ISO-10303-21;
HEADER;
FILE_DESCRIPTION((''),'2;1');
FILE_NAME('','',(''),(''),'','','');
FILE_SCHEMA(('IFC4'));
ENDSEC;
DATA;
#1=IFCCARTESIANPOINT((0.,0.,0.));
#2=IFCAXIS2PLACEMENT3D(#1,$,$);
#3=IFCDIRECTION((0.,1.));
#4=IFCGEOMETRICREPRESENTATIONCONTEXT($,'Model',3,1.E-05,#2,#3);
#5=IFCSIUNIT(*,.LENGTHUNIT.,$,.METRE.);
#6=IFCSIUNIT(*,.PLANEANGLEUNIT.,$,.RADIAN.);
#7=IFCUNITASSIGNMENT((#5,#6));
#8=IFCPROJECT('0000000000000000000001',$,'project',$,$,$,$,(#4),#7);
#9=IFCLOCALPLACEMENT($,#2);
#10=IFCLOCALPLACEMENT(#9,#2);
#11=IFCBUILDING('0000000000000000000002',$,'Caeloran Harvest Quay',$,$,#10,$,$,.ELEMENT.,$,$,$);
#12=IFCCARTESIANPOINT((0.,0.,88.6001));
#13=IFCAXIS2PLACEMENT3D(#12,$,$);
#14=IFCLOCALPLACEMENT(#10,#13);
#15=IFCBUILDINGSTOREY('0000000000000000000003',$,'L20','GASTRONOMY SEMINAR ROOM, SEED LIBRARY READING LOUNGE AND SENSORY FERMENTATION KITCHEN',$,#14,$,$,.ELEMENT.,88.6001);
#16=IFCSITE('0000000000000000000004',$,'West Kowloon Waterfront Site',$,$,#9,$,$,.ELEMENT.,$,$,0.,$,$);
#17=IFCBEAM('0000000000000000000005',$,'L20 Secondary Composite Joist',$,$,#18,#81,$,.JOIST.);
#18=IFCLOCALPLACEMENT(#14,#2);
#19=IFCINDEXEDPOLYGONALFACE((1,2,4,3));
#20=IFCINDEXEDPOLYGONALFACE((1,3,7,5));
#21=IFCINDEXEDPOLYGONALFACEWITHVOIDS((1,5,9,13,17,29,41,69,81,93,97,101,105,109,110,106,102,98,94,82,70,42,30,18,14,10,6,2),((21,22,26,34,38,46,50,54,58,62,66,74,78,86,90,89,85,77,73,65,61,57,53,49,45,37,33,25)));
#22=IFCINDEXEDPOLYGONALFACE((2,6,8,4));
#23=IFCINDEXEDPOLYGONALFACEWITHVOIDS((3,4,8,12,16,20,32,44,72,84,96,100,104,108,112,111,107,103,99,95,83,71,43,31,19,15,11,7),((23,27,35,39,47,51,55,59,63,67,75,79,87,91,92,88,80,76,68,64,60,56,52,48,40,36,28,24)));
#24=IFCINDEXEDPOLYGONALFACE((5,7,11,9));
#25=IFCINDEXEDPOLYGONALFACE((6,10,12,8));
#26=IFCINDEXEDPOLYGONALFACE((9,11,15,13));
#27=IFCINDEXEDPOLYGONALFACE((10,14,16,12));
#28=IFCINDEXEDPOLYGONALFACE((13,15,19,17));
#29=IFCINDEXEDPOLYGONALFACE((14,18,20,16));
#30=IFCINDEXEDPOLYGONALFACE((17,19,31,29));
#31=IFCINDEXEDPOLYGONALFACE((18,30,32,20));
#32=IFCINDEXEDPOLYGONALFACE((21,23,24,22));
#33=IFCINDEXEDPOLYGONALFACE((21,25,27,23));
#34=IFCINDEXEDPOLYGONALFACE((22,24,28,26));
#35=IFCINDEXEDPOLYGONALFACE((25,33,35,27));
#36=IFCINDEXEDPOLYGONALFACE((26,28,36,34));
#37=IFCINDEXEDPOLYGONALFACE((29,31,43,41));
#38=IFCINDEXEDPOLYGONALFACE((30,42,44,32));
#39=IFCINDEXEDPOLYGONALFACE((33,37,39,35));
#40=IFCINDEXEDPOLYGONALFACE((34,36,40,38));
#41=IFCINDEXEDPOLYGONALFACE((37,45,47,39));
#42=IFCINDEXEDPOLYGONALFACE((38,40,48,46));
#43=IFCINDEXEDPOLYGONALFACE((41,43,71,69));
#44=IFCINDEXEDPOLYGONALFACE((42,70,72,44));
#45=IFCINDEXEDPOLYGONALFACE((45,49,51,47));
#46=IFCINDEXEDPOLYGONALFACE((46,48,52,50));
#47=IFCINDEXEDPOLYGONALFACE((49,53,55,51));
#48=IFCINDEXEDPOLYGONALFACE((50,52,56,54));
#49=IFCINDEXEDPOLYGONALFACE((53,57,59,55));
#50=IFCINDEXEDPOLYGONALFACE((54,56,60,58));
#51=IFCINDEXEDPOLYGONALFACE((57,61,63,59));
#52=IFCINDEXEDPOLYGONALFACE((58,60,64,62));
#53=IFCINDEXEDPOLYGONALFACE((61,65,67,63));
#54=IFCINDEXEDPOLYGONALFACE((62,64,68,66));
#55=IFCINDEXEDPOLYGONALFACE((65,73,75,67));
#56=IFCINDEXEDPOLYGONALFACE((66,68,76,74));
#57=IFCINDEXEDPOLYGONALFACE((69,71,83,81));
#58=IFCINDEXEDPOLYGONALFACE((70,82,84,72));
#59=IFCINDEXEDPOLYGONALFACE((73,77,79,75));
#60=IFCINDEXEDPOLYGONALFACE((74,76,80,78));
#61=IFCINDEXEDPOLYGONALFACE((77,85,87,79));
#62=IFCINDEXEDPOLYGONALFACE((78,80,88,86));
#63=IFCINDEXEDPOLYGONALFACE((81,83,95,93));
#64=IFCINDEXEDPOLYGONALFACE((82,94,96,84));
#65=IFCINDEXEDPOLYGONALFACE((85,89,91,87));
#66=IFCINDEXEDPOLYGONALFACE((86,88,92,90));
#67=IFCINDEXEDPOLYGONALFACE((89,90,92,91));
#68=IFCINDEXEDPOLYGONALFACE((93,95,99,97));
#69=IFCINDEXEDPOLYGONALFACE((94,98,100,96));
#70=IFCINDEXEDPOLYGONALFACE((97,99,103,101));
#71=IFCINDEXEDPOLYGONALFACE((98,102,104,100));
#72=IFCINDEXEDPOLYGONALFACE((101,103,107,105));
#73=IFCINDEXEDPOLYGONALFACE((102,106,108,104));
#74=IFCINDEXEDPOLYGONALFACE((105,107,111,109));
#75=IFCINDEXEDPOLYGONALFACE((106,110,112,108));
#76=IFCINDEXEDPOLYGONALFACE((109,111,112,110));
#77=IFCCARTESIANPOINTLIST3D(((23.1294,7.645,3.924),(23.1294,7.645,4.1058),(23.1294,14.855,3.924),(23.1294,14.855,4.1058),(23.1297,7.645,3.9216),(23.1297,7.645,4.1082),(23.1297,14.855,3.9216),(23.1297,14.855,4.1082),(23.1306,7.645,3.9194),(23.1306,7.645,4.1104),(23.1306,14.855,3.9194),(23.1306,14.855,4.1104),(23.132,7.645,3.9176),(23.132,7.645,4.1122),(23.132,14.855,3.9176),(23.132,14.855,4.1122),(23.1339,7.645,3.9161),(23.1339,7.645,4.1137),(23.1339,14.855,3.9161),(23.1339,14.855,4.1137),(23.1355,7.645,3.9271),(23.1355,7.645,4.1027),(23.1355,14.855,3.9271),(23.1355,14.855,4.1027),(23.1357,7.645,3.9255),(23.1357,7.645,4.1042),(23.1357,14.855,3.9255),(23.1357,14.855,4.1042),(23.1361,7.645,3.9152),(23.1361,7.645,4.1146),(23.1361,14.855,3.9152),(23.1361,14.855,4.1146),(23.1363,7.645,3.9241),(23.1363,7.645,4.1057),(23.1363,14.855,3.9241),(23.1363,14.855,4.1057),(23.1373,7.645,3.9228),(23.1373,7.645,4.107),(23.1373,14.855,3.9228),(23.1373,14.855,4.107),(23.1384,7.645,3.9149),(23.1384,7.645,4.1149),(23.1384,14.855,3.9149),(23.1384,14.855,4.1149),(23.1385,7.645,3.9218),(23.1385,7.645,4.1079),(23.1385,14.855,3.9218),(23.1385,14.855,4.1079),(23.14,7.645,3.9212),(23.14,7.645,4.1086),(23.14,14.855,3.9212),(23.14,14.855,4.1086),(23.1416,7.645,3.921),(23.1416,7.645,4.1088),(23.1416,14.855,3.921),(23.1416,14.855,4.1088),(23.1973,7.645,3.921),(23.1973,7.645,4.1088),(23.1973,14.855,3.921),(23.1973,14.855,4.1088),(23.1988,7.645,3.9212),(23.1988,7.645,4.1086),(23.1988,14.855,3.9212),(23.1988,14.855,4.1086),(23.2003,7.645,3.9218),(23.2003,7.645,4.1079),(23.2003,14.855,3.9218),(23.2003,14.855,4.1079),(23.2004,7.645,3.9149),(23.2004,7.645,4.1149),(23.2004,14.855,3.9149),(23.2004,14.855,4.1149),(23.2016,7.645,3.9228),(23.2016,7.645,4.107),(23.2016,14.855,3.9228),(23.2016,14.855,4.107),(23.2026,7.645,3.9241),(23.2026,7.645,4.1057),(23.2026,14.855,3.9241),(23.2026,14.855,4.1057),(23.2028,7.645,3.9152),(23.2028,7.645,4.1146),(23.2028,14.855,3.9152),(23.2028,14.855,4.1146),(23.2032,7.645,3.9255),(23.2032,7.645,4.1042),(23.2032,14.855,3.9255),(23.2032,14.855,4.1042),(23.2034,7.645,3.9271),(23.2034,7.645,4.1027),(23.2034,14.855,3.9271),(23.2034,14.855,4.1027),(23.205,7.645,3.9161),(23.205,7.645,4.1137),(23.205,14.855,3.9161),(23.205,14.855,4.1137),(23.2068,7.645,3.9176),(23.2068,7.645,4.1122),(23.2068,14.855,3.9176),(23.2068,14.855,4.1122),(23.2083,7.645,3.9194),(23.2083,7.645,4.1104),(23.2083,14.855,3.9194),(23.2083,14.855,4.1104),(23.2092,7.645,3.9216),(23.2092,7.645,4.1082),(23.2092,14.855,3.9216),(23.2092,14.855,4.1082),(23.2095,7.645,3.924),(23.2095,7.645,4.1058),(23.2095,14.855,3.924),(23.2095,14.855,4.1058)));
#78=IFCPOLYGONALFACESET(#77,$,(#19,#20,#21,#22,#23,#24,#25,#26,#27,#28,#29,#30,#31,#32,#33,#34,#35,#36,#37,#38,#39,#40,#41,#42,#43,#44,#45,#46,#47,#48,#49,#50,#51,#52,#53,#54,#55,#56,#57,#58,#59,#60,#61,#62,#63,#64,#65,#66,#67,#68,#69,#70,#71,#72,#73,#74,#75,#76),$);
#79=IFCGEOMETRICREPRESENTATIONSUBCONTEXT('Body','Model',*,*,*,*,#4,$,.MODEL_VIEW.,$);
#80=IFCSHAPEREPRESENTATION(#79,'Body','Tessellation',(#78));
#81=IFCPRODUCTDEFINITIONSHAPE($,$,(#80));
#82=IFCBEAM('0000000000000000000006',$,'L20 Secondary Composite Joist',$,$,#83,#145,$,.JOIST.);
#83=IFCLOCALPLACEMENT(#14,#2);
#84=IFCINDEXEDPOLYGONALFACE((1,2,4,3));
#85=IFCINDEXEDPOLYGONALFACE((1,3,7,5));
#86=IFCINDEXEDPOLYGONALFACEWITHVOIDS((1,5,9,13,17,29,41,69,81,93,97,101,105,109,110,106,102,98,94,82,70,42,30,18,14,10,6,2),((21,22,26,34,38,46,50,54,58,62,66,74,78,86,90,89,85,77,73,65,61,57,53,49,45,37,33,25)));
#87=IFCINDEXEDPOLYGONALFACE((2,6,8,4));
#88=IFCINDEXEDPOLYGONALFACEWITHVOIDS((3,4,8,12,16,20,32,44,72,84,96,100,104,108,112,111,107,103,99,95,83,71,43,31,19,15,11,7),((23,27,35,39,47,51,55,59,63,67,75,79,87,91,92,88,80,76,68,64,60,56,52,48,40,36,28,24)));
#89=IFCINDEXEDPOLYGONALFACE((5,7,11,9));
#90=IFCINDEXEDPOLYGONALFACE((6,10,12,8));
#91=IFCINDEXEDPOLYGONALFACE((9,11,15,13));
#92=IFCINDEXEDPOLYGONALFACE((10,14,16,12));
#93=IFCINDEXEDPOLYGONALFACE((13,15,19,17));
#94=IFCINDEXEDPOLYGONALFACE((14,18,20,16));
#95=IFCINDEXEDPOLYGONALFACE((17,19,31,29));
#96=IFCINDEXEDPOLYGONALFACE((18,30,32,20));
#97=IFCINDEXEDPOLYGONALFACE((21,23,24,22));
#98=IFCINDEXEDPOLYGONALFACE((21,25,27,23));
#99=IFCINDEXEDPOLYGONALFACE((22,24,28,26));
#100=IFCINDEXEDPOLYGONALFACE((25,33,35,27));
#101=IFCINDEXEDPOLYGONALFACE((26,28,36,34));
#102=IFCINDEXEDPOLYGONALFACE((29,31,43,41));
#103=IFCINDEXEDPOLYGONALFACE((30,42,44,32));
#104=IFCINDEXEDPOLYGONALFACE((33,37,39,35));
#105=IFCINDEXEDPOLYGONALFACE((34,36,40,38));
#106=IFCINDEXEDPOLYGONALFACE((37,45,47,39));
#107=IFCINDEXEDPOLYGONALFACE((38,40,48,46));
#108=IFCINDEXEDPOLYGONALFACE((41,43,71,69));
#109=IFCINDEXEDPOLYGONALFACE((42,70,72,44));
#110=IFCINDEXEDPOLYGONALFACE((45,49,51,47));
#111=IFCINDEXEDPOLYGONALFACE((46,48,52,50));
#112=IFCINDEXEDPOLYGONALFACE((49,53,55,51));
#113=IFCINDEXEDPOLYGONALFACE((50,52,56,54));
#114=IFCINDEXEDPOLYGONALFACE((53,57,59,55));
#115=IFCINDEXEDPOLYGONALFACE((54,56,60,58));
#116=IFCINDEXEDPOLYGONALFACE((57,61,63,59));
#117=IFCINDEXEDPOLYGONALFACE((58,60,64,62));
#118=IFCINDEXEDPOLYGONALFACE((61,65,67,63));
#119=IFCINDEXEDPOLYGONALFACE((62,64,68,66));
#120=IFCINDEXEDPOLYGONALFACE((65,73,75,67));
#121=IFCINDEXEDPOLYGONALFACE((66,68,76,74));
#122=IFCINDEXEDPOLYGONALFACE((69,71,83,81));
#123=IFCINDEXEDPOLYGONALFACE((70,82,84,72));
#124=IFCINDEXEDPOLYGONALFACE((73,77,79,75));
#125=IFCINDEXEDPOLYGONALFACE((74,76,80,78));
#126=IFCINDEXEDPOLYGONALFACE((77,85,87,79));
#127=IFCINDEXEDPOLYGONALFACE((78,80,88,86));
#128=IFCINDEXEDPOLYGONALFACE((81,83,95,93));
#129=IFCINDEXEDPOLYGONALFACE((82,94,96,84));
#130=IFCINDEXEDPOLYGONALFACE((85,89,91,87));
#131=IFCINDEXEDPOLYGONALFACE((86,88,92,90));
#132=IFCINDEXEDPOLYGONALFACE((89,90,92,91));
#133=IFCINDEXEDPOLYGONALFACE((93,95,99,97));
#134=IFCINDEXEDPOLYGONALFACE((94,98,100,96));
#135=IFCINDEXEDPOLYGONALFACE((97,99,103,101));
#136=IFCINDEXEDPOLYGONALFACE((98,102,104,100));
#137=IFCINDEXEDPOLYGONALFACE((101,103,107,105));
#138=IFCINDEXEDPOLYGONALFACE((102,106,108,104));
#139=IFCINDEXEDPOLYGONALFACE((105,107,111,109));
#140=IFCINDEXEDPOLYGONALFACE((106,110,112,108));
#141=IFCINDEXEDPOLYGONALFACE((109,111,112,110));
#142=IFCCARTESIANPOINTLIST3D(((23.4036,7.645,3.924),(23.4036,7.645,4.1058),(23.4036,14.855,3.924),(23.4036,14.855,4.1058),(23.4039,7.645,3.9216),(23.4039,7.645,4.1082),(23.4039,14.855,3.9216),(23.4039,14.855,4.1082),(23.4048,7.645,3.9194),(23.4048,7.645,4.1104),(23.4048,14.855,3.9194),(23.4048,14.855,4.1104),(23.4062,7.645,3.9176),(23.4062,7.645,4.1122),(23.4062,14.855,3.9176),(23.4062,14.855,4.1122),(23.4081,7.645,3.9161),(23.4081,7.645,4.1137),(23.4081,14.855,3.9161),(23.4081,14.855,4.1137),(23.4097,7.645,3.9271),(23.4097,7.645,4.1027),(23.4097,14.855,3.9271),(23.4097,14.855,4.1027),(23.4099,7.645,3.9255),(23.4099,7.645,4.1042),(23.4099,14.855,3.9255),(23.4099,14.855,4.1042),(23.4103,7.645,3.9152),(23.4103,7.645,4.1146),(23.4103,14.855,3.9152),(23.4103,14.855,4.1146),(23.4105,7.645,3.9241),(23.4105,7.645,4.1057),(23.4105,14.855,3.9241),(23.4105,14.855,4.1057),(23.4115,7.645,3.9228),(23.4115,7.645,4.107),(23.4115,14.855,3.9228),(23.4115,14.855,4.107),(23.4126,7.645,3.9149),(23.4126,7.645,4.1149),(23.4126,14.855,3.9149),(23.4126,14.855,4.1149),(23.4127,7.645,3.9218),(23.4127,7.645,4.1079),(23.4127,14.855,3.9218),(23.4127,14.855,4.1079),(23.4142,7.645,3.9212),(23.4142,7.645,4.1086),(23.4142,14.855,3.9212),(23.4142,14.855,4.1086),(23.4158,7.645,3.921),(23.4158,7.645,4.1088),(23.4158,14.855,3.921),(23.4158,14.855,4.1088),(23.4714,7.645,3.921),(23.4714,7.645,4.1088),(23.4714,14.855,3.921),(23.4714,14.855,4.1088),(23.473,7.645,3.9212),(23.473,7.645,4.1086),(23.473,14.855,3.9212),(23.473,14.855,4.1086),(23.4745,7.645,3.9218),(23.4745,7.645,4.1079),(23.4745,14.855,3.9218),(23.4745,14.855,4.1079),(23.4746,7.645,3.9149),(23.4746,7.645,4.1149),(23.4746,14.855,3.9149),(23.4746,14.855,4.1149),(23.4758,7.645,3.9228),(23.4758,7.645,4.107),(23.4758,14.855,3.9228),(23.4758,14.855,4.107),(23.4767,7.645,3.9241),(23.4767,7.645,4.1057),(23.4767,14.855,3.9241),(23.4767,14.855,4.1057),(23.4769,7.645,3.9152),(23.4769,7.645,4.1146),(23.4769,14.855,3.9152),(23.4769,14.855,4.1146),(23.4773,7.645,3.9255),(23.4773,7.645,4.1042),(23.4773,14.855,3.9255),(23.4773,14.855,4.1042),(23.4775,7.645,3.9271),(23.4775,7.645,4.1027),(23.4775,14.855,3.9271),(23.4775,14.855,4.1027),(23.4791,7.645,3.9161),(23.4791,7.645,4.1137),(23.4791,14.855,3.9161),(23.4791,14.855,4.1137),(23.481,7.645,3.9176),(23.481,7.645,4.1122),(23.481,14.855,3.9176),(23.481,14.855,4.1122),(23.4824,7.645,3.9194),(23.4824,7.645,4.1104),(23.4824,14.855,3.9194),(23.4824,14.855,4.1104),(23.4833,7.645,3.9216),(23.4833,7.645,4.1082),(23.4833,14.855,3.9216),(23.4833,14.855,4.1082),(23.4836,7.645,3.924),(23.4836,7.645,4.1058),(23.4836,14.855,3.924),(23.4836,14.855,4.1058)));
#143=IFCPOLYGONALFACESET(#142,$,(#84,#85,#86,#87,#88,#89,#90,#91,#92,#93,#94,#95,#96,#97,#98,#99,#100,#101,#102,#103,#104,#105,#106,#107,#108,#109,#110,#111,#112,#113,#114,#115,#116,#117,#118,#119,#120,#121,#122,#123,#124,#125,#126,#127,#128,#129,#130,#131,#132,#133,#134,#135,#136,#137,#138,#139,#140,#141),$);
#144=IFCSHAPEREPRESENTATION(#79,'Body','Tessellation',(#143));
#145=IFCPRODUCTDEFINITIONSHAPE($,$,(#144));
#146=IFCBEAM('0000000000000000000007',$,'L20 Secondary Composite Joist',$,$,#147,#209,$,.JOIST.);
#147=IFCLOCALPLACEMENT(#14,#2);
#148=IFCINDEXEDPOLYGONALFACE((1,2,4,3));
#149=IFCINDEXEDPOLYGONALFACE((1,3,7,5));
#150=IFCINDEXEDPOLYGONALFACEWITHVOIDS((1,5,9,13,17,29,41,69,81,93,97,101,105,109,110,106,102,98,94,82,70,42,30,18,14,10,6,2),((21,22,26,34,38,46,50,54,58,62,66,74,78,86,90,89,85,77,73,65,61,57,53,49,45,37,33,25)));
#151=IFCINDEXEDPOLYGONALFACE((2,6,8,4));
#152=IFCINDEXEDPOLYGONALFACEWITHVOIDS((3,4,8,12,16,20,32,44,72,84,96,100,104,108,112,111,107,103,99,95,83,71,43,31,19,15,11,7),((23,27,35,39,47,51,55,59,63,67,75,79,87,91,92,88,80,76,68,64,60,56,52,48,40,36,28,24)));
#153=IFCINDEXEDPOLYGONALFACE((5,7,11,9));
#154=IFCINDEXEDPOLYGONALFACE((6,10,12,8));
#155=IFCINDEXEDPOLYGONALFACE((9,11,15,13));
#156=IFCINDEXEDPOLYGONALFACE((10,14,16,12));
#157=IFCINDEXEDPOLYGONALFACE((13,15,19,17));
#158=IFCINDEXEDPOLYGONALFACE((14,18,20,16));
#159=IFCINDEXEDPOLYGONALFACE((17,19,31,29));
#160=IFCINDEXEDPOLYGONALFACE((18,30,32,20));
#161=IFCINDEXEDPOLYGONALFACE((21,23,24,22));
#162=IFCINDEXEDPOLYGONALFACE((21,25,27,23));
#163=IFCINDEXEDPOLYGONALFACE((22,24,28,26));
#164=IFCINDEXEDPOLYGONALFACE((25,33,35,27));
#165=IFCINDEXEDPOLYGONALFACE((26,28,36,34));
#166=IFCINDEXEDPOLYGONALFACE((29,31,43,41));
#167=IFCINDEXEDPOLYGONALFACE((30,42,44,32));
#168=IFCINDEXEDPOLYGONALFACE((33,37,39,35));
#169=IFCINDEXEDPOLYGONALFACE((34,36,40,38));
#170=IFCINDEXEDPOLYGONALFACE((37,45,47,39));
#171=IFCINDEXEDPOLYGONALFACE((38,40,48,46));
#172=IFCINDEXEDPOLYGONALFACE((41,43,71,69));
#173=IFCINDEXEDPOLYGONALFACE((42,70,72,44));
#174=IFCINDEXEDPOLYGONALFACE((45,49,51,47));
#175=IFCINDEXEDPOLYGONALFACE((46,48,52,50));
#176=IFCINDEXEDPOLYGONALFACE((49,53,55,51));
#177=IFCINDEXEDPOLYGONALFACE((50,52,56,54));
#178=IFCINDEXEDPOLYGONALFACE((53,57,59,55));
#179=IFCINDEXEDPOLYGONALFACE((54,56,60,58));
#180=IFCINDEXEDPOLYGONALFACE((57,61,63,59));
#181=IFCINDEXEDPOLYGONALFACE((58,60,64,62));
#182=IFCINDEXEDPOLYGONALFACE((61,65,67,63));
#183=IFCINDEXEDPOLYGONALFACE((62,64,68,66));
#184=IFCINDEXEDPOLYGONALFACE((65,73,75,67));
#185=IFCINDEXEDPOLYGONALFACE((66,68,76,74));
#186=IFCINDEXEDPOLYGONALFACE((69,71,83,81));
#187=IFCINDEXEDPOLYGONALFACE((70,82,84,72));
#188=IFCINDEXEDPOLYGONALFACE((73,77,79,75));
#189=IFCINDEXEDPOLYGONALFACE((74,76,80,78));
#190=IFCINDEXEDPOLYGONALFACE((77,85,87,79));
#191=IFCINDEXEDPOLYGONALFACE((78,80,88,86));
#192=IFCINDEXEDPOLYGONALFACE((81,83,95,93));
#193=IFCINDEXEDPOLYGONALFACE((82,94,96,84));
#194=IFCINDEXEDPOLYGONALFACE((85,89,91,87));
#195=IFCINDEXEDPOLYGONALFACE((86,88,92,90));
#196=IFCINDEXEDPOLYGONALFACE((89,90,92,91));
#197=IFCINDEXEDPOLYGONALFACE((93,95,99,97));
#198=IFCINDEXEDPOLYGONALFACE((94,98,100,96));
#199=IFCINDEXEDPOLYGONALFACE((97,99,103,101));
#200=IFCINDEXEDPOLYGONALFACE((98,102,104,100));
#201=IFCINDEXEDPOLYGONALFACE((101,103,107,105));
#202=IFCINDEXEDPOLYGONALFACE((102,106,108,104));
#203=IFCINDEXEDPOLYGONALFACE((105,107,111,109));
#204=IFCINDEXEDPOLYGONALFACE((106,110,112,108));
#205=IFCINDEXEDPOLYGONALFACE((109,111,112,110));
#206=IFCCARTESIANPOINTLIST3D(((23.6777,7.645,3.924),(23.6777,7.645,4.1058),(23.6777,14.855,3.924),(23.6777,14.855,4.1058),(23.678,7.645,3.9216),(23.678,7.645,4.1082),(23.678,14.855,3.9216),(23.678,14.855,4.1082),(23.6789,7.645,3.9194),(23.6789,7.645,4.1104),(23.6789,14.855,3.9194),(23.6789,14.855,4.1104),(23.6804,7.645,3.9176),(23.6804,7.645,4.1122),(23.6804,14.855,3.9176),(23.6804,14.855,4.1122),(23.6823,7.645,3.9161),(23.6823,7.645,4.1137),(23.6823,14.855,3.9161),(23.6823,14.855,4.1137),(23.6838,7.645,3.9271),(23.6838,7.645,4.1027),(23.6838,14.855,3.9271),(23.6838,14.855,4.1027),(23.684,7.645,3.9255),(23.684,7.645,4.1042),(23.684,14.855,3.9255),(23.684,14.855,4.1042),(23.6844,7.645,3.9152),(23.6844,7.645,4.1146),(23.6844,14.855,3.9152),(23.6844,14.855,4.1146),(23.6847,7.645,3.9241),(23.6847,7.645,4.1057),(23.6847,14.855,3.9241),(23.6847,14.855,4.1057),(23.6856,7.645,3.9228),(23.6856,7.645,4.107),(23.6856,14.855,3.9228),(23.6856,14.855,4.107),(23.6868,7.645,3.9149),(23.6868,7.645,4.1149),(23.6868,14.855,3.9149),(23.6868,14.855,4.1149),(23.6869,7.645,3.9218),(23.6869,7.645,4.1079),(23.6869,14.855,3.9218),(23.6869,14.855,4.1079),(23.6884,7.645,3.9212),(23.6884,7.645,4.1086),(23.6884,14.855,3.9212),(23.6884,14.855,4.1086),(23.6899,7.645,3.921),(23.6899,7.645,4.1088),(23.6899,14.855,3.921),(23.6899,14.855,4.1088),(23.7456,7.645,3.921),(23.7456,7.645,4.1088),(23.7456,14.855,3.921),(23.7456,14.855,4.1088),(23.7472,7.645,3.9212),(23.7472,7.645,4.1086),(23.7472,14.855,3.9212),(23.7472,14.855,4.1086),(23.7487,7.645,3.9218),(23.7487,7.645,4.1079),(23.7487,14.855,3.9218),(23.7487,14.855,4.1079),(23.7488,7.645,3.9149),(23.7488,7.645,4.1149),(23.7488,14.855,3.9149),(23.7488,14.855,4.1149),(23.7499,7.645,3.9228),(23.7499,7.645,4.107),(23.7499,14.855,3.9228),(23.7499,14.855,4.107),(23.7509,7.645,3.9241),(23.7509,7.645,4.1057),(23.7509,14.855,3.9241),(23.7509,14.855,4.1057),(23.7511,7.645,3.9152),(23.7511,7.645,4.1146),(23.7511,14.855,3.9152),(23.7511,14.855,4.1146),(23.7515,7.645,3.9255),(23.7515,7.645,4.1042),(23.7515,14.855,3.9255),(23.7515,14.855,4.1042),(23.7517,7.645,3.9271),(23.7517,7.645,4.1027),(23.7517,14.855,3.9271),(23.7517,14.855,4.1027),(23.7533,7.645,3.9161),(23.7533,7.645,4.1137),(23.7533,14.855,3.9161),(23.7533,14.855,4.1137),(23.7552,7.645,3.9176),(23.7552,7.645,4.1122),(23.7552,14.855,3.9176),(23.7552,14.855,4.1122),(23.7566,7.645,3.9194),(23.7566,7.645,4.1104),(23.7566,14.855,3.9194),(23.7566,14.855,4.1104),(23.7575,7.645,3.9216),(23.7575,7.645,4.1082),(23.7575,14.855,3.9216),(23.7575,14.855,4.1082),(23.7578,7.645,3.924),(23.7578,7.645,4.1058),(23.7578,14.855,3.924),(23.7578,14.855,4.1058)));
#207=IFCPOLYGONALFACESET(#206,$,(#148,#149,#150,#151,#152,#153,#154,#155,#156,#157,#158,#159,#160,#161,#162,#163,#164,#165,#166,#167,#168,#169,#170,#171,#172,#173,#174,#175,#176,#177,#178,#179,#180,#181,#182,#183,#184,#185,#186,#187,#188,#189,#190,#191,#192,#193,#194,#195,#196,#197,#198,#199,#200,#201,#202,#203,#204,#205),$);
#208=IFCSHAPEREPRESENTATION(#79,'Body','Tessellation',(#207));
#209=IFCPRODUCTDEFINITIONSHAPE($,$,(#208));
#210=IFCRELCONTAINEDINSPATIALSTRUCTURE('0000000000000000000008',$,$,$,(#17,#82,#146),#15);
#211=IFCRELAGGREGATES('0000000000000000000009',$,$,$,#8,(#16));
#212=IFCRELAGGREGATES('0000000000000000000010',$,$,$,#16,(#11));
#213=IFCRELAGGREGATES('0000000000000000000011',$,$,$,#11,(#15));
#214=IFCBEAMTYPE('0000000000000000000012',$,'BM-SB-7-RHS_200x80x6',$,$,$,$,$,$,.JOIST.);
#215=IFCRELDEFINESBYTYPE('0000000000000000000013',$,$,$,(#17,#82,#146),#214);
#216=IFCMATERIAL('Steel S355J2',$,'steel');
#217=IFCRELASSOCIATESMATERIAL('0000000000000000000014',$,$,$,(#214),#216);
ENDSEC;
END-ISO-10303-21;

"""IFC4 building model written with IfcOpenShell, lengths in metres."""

from ifc_helpers import new_model, si_unit, direction, frame, origin, origin_2d, place, context, subcontext, project, spatial, hollow_rectangle, extrude, material, material_profile, profile_set, type_object, element, save


model = new_model("IFC4")

# Units and contexts
model_context = context("Model", 3, precision=1e-05, world=origin(), true_north=direction((0.0, 1.0)))
body_context = subcontext(model_context, "Body", "Model", "MODEL_VIEW")
ifc_project = project(units=[si_unit("LENGTHUNIT", "METRE"), si_unit("PLANEANGLEUNIT", "RADIAN")], contexts=[model_context])

# Site, building, storey
site_placement = place(None, origin())
site = spatial("IfcSite", under=ifc_project, at=site_placement, Name="West Kowloon Waterfront Site", CompositionType="ELEMENT", RefElevation=0.0)
building_placement = place(site_placement, origin())
building = spatial("IfcBuilding", under=site, at=building_placement, Name="Caeloran Harvest Quay", CompositionType="ELEMENT")
storey_placement = place(building_placement, frame((0.0, 0.0, 88.6001)))
storey = spatial("IfcBuildingStorey", under=building, at=storey_placement, Name="L20", Description="GASTRONOMY SEMINAR ROOM, SEED LIBRARY READING LOUNGE AND SENSORY FERMENTATION KITCHEN", CompositionType="ELEMENT", Elevation=88.6001)

# Beams
ifc_material_1 = material(Name="Steel S355J2", Category="steel")
ifc_material_profile_1 = material_profile(ifc_material_1, hollow_rectangle(XDim=0.0801, YDim=0.2, WallThickness=0.0061, InnerFilletRadius=0.0061, OuterFilletRadius=0.009, at=origin_2d()), Name="RHS 200x80x6")
ifc_profile_set_1 = profile_set([ifc_material_profile_1], Name="Steel S355J2")
beam_type_1 = type_object("IfcBeamType", Name="BM-SB-7-RHS_200x80x6", PredefinedType="JOIST", material=ifc_profile_set_1)
for number, where, z_axis, x_axis, name in (
    (1, (23.1694, 7.645, 4.0149), (0.0, 1.0, 0.0), (-1.0, 0.0, 0.0), "L20 Secondary Composite Joist"),
    (2, (23.4436, 7.645, 4.0149), (0.0, 1.0, 0.0), (-1.0, 0.0, 0.0), "L20 Secondary Composite Joist"),
    (3, (23.7178, 7.645, 4.0149), (0.0, 1.0, 0.0), (-1.0, 0.0, 0.0), "L20 Secondary Composite Joist"),
):
    element("IfcBeam", number, at=place(storey_placement, frame(where, z_axis=z_axis, x_axis=x_axis)), inside=storey, type_object=beam_type_1, Name=name, PredefinedType="JOIST", context=body_context, shape_type="SweptSolid", body=[
        extrude(hollow_rectangle(XDim=0.0801, YDim=0.2, WallThickness=0.0061, InnerFilletRadius=0.0061, OuterFilletRadius=0.009, at=origin_2d()), origin(), (0.0, 0.0, 1.0), 7.21),
    ])

save(model, "model.ifc")
